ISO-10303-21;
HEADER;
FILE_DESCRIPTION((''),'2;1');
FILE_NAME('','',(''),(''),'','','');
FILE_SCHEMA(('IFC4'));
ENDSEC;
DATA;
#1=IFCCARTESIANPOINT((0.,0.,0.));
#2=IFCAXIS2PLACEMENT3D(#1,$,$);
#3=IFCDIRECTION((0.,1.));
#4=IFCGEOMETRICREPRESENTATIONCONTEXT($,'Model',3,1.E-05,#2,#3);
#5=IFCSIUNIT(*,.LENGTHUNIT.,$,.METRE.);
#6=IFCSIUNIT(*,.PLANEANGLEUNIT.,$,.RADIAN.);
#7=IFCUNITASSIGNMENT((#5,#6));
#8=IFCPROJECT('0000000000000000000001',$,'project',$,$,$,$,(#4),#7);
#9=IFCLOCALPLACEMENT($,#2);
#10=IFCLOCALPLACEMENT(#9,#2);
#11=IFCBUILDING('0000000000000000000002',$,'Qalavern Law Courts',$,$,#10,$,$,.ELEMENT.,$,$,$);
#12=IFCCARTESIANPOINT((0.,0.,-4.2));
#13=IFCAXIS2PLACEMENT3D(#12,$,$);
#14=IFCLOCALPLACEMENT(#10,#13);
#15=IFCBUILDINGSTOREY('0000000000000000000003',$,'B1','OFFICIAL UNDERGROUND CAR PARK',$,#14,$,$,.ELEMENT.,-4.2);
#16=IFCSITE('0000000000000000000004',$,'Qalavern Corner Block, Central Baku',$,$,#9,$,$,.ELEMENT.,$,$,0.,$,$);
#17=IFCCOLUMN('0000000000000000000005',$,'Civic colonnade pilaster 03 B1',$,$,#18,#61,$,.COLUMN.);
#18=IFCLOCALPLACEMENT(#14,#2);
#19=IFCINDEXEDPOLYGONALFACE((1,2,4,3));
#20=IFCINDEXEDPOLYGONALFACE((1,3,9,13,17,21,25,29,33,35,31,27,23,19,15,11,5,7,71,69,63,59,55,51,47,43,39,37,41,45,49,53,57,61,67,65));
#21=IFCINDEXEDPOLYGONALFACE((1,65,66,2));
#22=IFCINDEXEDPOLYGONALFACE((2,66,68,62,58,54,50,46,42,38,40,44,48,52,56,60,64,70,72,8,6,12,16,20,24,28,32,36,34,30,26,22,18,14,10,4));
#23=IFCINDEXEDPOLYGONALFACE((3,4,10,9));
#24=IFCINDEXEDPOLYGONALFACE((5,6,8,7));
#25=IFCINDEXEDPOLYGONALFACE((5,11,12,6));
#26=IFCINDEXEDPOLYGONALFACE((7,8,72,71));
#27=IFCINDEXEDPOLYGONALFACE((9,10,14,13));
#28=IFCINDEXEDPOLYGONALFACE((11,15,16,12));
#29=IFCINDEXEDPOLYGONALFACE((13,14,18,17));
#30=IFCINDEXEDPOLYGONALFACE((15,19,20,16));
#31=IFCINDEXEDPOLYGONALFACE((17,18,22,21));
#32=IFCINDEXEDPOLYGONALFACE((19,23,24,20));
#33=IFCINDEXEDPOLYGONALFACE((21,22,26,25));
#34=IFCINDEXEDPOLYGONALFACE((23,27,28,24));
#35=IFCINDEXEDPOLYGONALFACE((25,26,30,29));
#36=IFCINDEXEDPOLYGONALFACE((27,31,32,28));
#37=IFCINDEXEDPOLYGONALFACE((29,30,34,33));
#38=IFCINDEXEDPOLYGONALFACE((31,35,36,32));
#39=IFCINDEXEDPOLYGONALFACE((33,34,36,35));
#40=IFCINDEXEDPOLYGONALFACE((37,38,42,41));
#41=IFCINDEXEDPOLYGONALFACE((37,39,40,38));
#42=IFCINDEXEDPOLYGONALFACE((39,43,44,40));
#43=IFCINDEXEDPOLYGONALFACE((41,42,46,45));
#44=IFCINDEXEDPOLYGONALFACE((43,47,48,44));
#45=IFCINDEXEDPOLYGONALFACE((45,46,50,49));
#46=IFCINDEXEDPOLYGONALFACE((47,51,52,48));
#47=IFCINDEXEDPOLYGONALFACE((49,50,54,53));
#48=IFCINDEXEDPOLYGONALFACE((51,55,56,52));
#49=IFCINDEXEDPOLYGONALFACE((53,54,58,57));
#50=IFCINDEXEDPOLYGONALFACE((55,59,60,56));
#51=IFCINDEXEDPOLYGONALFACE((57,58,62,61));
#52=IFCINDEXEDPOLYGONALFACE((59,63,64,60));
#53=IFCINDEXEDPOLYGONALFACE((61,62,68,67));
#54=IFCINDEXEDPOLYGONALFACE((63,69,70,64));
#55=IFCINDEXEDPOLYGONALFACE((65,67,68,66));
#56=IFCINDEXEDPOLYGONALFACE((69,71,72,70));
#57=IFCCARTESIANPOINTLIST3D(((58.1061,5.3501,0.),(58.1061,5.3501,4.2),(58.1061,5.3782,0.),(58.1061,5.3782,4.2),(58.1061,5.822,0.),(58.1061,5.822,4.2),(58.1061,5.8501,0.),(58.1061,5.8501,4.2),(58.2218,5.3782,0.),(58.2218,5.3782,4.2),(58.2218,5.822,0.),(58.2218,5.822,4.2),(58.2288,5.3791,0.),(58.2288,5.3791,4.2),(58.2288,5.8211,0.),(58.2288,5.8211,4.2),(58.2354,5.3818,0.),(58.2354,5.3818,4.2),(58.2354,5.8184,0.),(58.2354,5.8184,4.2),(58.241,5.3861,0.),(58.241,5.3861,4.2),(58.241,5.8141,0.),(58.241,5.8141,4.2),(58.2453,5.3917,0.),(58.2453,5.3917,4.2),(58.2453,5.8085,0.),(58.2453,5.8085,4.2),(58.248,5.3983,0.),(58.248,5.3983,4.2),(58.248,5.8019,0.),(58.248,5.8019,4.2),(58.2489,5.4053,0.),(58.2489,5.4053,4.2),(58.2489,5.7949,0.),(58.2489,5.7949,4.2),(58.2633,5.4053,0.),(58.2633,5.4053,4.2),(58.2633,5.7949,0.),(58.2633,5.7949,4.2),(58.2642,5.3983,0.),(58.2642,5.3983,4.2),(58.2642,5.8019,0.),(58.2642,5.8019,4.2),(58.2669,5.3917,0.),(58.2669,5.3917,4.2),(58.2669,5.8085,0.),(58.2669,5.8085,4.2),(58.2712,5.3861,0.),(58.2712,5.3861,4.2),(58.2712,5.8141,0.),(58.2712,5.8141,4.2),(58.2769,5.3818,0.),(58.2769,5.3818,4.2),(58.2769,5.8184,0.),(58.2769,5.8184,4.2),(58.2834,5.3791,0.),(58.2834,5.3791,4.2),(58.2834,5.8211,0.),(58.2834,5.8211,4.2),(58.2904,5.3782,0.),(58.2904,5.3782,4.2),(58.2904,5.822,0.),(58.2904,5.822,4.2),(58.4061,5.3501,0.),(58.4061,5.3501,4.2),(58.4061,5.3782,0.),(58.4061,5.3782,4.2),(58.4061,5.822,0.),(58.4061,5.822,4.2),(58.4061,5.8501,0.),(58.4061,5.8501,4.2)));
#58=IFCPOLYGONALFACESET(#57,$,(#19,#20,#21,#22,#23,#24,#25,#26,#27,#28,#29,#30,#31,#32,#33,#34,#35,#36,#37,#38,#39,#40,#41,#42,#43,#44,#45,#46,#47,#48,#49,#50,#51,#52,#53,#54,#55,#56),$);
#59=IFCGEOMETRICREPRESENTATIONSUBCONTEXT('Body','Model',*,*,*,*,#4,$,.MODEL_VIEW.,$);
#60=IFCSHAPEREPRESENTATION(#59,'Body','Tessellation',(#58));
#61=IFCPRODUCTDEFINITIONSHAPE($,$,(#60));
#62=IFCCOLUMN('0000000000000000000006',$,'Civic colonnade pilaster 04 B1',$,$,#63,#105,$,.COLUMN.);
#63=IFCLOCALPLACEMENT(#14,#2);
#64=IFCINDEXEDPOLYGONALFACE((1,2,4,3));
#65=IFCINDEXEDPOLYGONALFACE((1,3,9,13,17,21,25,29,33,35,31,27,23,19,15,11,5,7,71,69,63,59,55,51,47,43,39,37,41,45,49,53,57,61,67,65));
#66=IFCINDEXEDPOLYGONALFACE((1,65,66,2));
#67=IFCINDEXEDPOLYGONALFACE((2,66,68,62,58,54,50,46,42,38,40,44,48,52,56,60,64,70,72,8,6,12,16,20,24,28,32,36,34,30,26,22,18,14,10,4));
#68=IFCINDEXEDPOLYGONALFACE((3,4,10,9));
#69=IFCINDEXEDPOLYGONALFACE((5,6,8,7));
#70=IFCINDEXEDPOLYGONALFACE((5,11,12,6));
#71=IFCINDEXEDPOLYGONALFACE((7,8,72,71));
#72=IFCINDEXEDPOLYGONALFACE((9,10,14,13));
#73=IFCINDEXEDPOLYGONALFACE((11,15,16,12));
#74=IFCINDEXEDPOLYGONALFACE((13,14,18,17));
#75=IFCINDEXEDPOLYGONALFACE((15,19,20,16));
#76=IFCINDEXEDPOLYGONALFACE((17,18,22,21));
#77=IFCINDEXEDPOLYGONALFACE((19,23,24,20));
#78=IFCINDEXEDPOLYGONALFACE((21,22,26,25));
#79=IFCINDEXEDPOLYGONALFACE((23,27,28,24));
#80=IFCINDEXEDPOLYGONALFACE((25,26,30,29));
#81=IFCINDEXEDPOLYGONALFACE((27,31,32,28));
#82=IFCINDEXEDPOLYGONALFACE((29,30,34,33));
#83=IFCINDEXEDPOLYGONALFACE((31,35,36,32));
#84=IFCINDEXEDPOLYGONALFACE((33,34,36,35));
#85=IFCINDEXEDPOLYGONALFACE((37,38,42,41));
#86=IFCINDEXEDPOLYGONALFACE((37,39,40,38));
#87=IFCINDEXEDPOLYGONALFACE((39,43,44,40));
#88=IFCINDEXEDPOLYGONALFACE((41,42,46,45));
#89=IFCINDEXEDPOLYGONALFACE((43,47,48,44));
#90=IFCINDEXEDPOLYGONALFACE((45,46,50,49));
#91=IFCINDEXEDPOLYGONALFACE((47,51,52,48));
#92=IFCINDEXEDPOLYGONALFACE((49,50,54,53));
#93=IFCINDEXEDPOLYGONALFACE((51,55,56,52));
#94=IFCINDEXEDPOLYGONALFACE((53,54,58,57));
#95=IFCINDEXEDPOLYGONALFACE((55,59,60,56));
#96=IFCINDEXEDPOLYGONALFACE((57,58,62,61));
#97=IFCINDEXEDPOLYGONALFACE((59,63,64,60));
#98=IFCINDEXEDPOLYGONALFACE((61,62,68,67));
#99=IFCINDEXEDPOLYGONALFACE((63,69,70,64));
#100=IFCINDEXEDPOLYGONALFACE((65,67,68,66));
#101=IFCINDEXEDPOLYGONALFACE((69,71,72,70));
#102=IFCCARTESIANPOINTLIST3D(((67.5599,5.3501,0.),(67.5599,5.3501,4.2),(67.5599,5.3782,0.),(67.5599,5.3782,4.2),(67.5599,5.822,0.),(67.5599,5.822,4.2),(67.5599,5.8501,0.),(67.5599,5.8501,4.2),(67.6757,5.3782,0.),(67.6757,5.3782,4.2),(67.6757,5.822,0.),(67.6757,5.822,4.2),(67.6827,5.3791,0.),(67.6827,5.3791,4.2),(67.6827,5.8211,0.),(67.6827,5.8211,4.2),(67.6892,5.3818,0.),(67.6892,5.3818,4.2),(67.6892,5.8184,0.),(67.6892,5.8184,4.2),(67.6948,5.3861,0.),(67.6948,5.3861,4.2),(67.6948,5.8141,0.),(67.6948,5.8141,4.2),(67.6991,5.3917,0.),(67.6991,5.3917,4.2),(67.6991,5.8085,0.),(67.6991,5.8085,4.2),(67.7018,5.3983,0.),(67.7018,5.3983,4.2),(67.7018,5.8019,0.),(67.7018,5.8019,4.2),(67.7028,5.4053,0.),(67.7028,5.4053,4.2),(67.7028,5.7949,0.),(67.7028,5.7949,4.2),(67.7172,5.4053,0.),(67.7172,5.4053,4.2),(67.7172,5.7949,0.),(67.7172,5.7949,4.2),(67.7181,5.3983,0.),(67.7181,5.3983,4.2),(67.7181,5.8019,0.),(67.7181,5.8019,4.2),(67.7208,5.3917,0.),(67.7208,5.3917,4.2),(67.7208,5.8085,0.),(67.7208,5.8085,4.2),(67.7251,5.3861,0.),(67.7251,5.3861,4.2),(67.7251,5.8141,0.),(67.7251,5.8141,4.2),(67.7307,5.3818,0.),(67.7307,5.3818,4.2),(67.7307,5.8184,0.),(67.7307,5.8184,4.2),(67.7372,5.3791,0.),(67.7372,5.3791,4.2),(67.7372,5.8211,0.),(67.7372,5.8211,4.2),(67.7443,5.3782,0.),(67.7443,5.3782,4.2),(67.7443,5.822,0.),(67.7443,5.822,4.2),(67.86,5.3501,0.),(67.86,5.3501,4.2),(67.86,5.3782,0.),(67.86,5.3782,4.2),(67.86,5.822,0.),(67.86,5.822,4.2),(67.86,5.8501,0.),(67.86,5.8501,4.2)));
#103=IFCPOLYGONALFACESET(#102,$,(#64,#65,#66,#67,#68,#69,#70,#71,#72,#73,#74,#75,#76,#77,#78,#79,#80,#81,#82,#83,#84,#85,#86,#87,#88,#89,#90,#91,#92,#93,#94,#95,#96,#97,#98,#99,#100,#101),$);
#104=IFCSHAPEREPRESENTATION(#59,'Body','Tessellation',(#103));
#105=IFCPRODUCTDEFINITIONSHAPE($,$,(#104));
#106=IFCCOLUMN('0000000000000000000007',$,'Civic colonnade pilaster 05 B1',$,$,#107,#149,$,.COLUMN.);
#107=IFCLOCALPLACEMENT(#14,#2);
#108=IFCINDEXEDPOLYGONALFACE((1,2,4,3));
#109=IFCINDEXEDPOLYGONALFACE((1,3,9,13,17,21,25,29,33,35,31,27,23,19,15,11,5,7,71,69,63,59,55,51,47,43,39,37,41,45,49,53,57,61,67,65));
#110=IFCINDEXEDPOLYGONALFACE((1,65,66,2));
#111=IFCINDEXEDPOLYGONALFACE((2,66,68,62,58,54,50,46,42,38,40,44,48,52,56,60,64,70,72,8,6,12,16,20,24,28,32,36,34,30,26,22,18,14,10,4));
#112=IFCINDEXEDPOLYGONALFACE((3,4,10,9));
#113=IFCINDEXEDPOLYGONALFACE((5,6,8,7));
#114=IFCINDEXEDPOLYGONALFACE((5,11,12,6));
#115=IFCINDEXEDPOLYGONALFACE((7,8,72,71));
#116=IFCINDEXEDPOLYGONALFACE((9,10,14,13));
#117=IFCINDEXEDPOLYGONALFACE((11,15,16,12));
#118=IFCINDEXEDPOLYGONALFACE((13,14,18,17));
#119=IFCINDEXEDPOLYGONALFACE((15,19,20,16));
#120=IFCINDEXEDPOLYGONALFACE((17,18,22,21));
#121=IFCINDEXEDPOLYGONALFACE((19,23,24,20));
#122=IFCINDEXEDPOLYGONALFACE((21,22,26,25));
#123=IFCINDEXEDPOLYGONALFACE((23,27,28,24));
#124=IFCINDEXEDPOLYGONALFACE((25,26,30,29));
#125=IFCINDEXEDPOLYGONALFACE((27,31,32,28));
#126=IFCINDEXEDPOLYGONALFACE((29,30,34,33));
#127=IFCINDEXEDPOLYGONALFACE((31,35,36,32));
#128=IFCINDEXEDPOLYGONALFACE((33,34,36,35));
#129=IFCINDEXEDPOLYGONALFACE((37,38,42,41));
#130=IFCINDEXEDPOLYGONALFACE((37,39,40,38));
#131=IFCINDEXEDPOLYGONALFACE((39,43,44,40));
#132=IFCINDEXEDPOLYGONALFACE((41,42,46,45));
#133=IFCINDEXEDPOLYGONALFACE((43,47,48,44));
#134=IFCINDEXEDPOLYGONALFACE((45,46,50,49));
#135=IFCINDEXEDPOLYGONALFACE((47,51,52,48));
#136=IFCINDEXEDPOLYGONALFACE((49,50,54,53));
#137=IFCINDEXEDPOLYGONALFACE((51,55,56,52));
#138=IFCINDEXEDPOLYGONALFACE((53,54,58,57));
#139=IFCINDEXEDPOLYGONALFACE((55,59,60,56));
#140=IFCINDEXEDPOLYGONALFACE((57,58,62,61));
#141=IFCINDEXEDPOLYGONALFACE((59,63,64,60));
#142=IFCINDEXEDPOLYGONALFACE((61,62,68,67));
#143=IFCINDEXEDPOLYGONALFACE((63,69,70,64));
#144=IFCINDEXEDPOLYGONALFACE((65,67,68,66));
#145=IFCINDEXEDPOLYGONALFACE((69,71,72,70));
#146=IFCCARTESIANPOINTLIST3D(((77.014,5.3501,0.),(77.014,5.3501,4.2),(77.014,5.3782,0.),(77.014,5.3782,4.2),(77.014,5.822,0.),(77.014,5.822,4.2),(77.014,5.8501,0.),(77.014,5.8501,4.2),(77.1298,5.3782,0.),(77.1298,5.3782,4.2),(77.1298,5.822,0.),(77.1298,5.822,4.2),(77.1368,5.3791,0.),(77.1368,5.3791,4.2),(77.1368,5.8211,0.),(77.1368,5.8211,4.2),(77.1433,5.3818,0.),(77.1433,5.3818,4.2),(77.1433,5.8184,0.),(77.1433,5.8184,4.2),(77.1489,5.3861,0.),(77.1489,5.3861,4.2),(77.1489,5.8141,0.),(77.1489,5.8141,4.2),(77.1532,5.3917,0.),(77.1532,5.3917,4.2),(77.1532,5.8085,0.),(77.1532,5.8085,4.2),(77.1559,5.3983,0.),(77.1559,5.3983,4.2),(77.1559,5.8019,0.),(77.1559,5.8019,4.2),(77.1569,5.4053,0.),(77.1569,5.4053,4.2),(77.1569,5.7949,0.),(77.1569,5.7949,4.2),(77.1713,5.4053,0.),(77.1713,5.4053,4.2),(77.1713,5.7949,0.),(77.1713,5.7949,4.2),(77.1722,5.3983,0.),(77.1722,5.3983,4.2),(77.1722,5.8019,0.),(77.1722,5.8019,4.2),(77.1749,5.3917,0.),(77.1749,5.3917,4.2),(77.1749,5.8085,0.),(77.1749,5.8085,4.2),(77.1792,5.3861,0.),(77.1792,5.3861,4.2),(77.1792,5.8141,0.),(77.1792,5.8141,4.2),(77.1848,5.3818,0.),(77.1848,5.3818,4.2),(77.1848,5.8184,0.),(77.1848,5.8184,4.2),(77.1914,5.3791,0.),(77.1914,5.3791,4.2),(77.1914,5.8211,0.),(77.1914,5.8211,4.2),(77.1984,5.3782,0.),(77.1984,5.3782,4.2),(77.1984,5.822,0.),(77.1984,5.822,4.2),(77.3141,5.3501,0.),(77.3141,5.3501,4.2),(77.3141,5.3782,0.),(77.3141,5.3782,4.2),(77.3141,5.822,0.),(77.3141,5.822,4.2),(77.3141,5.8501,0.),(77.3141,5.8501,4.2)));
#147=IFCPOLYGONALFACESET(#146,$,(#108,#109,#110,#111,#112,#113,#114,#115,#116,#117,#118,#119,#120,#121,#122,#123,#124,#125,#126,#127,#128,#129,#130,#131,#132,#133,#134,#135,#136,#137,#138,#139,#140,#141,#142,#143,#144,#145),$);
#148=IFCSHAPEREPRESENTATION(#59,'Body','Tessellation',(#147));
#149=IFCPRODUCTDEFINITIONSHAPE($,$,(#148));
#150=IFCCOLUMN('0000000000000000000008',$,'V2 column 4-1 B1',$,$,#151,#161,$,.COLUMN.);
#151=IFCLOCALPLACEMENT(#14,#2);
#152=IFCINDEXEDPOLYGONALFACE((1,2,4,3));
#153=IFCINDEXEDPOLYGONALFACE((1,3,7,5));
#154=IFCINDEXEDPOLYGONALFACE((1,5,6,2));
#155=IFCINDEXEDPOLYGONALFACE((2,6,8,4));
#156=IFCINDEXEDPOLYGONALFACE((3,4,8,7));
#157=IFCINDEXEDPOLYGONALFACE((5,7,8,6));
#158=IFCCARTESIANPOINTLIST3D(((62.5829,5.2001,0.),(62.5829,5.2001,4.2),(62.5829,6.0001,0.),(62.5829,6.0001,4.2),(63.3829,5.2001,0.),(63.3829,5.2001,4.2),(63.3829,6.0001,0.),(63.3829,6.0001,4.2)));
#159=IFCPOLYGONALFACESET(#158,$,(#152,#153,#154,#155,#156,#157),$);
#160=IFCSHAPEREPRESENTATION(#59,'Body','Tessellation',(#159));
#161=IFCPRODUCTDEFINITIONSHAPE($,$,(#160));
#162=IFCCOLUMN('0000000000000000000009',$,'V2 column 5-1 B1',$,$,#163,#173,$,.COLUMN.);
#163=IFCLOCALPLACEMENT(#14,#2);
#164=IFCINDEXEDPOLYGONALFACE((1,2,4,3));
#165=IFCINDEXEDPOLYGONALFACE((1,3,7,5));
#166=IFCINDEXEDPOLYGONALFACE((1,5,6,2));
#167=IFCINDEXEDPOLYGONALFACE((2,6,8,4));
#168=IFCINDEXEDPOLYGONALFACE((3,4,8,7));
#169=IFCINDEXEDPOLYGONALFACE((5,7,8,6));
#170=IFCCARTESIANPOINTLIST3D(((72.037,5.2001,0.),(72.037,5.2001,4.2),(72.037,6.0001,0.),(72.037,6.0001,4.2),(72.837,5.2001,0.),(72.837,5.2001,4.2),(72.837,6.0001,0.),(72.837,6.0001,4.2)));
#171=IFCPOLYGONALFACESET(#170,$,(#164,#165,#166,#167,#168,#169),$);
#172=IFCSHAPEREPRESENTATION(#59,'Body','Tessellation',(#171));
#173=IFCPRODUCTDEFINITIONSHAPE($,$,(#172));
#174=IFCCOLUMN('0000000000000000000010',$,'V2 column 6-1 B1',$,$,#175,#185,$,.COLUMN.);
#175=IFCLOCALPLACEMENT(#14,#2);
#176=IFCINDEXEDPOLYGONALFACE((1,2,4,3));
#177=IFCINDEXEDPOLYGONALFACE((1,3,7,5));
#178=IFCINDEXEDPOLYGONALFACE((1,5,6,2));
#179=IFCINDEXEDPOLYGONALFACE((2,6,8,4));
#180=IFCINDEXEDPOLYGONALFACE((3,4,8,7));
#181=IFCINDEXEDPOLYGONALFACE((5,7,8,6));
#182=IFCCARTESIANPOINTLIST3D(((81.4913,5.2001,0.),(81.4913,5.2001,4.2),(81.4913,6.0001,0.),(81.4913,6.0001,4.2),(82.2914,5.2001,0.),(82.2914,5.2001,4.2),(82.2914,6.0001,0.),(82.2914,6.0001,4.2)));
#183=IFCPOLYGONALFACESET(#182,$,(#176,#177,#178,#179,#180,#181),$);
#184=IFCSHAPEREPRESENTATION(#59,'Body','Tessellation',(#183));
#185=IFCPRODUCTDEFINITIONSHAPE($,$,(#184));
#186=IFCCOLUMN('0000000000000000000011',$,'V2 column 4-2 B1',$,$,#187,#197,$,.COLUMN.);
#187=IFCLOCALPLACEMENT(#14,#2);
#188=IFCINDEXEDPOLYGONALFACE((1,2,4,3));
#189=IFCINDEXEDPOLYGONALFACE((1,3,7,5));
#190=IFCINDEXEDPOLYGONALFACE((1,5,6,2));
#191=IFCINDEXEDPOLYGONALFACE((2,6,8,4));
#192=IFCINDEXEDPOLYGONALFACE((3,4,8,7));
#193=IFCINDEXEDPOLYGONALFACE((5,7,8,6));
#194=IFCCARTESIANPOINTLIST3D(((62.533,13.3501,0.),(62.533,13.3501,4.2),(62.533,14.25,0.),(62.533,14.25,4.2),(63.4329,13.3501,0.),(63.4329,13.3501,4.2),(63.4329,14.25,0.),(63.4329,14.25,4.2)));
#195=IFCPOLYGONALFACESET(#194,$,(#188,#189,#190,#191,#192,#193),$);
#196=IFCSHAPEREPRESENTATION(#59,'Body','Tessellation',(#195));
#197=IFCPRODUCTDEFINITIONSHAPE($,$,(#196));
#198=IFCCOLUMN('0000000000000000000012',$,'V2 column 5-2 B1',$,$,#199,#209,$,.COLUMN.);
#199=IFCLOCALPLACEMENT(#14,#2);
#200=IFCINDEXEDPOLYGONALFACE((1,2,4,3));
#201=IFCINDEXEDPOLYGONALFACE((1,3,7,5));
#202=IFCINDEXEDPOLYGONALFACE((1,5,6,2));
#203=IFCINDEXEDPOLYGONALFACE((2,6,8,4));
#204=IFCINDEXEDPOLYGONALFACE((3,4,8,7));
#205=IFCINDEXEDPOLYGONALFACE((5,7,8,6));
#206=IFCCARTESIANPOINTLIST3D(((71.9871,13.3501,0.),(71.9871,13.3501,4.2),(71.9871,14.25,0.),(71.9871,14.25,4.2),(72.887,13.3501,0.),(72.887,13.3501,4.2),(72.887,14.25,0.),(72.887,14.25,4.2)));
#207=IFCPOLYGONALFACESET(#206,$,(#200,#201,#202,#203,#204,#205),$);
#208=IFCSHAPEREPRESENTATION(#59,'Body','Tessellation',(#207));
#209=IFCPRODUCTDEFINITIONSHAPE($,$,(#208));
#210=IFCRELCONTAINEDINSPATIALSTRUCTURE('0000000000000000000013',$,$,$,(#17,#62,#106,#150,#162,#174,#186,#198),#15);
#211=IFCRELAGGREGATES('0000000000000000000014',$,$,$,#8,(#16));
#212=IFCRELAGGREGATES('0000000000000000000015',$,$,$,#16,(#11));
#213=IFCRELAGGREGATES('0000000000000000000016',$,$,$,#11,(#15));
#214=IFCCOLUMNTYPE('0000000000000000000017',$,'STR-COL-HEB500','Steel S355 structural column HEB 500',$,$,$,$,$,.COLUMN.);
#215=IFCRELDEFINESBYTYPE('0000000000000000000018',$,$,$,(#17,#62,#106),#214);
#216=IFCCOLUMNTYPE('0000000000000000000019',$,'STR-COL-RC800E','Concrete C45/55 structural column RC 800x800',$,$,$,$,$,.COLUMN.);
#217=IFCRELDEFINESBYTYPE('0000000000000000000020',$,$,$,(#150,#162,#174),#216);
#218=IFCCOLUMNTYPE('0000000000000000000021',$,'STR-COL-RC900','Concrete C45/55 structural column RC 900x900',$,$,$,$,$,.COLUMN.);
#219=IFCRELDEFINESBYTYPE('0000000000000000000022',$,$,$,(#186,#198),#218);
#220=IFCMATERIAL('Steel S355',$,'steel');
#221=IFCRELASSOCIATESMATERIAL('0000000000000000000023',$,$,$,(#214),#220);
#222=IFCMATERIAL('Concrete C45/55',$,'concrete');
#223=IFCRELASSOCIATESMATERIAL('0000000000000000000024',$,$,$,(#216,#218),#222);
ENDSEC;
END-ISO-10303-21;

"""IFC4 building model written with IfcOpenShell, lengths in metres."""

from ifc_helpers import new_model, si_unit, direction, frame, origin, origin_2d, place, context, subcontext, project, spatial, rectangle, i_section, extrude, material, material_profile, profile_set, type_object, element, save


model = new_model("IFC4")

# Units and contexts
model_context = context("Model", 3, precision=1e-05, world=origin(), true_north=direction((0.0, 1.0)))
body_context = subcontext(model_context, "Body", "Model", "MODEL_VIEW")
ifc_project = project(units=[si_unit("LENGTHUNIT", "METRE"), si_unit("PLANEANGLEUNIT", "RADIAN")], contexts=[model_context])

# Site, building, storey
site_placement = place(None, origin())
site = spatial("IfcSite", under=ifc_project, at=site_placement, Name="Qalavern Corner Block, Central Baku", CompositionType="ELEMENT", RefElevation=0.0)
building_placement = place(site_placement, origin())
building = spatial("IfcBuilding", under=site, at=building_placement, Name="Qalavern Law Courts", CompositionType="ELEMENT")
storey_placement = place(building_placement, frame((0.0, 0.0, -4.2)))
storey = spatial("IfcBuildingStorey", under=building, at=storey_placement, Name="B1", Description="OFFICIAL UNDERGROUND CAR PARK", CompositionType="ELEMENT", Elevation=-4.2)

# Columns
ifc_material_1 = material(Name="Steel S355", Category="steel")
ifc_material_profile_1 = material_profile(ifc_material_1, i_section(OverallWidth=0.3, OverallDepth=0.5, WebThickness=0.0144, FlangeThickness=0.0281, FilletRadius=0.0271, at=origin_2d()), Name="HEB 500")
ifc_profile_set_1 = profile_set([ifc_material_profile_1], Name="Steel S355")
column_type_1 = type_object("IfcColumnType", Name="STR-COL-HEB500", Description="Steel S355 structural column HEB 500", PredefinedType="COLUMN", material=ifc_profile_set_1)
for number, where, z_axis, x_axis, name in (
    (1, (58.2561, 5.6001, 0.0), (0.0, 0.0, 1.0), (1.0, 0.0, 0.0), "Civic colonnade pilaster 03 B1"),
    (2, (67.71, 5.6001, 0.0), (0.0, 0.0, 1.0), (1.0, 0.0, 0.0), "Civic colonnade pilaster 04 B1"),
    (3, (77.1641, 5.6001, 0.0), (0.0, 0.0, 1.0), (1.0, 0.0, 0.0), "Civic colonnade pilaster 05 B1"),
):
    element("IfcColumn", number, at=place(storey_placement, frame(where, z_axis=z_axis, x_axis=x_axis)), inside=storey, type_object=column_type_1, Name=name, PredefinedType="COLUMN", context=body_context, shape_type="SweptSolid", body=[
        extrude(i_section(OverallWidth=0.3, OverallDepth=0.5, WebThickness=0.0144, FlangeThickness=0.0281, FilletRadius=0.0271, at=origin_2d()), origin(), (0.0, 0.0, 1.0), 4.2),
    ])
ifc_material_2 = material(Name="Concrete C45/55", Category="concrete")
ifc_material_profile_2 = material_profile(ifc_material_2, rectangle(XDim=0.8, YDim=0.8, at=origin_2d()), Name="RC 800x800")
ifc_profile_set_2 = profile_set([ifc_material_profile_2], Name="Concrete C45/55")
column_type_2 = type_object("IfcColumnType", Name="STR-COL-RC800E", Description="Concrete C45/55 structural column RC 800x800", PredefinedType="COLUMN", material=ifc_profile_set_2)
for number, where, z_axis, x_axis, name in (
    (4, (62.9829, 5.6001, 0.0), (0.0, 0.0, 1.0), (1.0, 0.0, 0.0), "V2 column 4-1 B1"),
    (5, (72.437, 5.6001, 0.0), (0.0, 0.0, 1.0), (1.0, 0.0, 0.0), "V2 column 5-1 B1"),
    (6, (81.8914, 5.6001, 0.0), (0.0, 0.0, 1.0), (1.0, 0.0, 0.0), "V2 column 6-1 B1"),
):
    element("IfcColumn", number, at=place(storey_placement, frame(where, z_axis=z_axis, x_axis=x_axis)), inside=storey, type_object=column_type_2, Name=name, PredefinedType="COLUMN", context=body_context, shape_type="SweptSolid", body=[
        extrude(rectangle(XDim=0.8, YDim=0.8, at=origin_2d()), origin(), (0.0, 0.0, 1.0), 4.2),
    ])
ifc_material_profile_3 = material_profile(ifc_material_2, rectangle(XDim=0.8999, YDim=0.8999, at=origin_2d()), Name="RC 900x900")
ifc_profile_set_3 = profile_set([ifc_material_profile_3], Name="Concrete C45/55")
column_type_3 = type_object("IfcColumnType", Name="STR-COL-RC900", Description="Concrete C45/55 structural column RC 900x900", PredefinedType="COLUMN", material=ifc_profile_set_3)
for number, where, z_axis, x_axis, name in (
    (7, (62.9829, 13.8, 0.0), (0.0, 0.0, 1.0), (1.0, 0.0, 0.0), "V2 column 4-2 B1"),
    (8, (72.437, 13.8, 0.0), (0.0, 0.0, 1.0), (1.0, 0.0, 0.0), "V2 column 5-2 B1"),
):
    element("IfcColumn", number, at=place(storey_placement, frame(where, z_axis=z_axis, x_axis=x_axis)), inside=storey, type_object=column_type_3, Name=name, PredefinedType="COLUMN", context=body_context, shape_type="SweptSolid", body=[
        extrude(rectangle(XDim=0.8999, YDim=0.8999, at=origin_2d()), origin(), (0.0, 0.0, 1.0), 4.2),
    ])

save(model, "model.ifc")
